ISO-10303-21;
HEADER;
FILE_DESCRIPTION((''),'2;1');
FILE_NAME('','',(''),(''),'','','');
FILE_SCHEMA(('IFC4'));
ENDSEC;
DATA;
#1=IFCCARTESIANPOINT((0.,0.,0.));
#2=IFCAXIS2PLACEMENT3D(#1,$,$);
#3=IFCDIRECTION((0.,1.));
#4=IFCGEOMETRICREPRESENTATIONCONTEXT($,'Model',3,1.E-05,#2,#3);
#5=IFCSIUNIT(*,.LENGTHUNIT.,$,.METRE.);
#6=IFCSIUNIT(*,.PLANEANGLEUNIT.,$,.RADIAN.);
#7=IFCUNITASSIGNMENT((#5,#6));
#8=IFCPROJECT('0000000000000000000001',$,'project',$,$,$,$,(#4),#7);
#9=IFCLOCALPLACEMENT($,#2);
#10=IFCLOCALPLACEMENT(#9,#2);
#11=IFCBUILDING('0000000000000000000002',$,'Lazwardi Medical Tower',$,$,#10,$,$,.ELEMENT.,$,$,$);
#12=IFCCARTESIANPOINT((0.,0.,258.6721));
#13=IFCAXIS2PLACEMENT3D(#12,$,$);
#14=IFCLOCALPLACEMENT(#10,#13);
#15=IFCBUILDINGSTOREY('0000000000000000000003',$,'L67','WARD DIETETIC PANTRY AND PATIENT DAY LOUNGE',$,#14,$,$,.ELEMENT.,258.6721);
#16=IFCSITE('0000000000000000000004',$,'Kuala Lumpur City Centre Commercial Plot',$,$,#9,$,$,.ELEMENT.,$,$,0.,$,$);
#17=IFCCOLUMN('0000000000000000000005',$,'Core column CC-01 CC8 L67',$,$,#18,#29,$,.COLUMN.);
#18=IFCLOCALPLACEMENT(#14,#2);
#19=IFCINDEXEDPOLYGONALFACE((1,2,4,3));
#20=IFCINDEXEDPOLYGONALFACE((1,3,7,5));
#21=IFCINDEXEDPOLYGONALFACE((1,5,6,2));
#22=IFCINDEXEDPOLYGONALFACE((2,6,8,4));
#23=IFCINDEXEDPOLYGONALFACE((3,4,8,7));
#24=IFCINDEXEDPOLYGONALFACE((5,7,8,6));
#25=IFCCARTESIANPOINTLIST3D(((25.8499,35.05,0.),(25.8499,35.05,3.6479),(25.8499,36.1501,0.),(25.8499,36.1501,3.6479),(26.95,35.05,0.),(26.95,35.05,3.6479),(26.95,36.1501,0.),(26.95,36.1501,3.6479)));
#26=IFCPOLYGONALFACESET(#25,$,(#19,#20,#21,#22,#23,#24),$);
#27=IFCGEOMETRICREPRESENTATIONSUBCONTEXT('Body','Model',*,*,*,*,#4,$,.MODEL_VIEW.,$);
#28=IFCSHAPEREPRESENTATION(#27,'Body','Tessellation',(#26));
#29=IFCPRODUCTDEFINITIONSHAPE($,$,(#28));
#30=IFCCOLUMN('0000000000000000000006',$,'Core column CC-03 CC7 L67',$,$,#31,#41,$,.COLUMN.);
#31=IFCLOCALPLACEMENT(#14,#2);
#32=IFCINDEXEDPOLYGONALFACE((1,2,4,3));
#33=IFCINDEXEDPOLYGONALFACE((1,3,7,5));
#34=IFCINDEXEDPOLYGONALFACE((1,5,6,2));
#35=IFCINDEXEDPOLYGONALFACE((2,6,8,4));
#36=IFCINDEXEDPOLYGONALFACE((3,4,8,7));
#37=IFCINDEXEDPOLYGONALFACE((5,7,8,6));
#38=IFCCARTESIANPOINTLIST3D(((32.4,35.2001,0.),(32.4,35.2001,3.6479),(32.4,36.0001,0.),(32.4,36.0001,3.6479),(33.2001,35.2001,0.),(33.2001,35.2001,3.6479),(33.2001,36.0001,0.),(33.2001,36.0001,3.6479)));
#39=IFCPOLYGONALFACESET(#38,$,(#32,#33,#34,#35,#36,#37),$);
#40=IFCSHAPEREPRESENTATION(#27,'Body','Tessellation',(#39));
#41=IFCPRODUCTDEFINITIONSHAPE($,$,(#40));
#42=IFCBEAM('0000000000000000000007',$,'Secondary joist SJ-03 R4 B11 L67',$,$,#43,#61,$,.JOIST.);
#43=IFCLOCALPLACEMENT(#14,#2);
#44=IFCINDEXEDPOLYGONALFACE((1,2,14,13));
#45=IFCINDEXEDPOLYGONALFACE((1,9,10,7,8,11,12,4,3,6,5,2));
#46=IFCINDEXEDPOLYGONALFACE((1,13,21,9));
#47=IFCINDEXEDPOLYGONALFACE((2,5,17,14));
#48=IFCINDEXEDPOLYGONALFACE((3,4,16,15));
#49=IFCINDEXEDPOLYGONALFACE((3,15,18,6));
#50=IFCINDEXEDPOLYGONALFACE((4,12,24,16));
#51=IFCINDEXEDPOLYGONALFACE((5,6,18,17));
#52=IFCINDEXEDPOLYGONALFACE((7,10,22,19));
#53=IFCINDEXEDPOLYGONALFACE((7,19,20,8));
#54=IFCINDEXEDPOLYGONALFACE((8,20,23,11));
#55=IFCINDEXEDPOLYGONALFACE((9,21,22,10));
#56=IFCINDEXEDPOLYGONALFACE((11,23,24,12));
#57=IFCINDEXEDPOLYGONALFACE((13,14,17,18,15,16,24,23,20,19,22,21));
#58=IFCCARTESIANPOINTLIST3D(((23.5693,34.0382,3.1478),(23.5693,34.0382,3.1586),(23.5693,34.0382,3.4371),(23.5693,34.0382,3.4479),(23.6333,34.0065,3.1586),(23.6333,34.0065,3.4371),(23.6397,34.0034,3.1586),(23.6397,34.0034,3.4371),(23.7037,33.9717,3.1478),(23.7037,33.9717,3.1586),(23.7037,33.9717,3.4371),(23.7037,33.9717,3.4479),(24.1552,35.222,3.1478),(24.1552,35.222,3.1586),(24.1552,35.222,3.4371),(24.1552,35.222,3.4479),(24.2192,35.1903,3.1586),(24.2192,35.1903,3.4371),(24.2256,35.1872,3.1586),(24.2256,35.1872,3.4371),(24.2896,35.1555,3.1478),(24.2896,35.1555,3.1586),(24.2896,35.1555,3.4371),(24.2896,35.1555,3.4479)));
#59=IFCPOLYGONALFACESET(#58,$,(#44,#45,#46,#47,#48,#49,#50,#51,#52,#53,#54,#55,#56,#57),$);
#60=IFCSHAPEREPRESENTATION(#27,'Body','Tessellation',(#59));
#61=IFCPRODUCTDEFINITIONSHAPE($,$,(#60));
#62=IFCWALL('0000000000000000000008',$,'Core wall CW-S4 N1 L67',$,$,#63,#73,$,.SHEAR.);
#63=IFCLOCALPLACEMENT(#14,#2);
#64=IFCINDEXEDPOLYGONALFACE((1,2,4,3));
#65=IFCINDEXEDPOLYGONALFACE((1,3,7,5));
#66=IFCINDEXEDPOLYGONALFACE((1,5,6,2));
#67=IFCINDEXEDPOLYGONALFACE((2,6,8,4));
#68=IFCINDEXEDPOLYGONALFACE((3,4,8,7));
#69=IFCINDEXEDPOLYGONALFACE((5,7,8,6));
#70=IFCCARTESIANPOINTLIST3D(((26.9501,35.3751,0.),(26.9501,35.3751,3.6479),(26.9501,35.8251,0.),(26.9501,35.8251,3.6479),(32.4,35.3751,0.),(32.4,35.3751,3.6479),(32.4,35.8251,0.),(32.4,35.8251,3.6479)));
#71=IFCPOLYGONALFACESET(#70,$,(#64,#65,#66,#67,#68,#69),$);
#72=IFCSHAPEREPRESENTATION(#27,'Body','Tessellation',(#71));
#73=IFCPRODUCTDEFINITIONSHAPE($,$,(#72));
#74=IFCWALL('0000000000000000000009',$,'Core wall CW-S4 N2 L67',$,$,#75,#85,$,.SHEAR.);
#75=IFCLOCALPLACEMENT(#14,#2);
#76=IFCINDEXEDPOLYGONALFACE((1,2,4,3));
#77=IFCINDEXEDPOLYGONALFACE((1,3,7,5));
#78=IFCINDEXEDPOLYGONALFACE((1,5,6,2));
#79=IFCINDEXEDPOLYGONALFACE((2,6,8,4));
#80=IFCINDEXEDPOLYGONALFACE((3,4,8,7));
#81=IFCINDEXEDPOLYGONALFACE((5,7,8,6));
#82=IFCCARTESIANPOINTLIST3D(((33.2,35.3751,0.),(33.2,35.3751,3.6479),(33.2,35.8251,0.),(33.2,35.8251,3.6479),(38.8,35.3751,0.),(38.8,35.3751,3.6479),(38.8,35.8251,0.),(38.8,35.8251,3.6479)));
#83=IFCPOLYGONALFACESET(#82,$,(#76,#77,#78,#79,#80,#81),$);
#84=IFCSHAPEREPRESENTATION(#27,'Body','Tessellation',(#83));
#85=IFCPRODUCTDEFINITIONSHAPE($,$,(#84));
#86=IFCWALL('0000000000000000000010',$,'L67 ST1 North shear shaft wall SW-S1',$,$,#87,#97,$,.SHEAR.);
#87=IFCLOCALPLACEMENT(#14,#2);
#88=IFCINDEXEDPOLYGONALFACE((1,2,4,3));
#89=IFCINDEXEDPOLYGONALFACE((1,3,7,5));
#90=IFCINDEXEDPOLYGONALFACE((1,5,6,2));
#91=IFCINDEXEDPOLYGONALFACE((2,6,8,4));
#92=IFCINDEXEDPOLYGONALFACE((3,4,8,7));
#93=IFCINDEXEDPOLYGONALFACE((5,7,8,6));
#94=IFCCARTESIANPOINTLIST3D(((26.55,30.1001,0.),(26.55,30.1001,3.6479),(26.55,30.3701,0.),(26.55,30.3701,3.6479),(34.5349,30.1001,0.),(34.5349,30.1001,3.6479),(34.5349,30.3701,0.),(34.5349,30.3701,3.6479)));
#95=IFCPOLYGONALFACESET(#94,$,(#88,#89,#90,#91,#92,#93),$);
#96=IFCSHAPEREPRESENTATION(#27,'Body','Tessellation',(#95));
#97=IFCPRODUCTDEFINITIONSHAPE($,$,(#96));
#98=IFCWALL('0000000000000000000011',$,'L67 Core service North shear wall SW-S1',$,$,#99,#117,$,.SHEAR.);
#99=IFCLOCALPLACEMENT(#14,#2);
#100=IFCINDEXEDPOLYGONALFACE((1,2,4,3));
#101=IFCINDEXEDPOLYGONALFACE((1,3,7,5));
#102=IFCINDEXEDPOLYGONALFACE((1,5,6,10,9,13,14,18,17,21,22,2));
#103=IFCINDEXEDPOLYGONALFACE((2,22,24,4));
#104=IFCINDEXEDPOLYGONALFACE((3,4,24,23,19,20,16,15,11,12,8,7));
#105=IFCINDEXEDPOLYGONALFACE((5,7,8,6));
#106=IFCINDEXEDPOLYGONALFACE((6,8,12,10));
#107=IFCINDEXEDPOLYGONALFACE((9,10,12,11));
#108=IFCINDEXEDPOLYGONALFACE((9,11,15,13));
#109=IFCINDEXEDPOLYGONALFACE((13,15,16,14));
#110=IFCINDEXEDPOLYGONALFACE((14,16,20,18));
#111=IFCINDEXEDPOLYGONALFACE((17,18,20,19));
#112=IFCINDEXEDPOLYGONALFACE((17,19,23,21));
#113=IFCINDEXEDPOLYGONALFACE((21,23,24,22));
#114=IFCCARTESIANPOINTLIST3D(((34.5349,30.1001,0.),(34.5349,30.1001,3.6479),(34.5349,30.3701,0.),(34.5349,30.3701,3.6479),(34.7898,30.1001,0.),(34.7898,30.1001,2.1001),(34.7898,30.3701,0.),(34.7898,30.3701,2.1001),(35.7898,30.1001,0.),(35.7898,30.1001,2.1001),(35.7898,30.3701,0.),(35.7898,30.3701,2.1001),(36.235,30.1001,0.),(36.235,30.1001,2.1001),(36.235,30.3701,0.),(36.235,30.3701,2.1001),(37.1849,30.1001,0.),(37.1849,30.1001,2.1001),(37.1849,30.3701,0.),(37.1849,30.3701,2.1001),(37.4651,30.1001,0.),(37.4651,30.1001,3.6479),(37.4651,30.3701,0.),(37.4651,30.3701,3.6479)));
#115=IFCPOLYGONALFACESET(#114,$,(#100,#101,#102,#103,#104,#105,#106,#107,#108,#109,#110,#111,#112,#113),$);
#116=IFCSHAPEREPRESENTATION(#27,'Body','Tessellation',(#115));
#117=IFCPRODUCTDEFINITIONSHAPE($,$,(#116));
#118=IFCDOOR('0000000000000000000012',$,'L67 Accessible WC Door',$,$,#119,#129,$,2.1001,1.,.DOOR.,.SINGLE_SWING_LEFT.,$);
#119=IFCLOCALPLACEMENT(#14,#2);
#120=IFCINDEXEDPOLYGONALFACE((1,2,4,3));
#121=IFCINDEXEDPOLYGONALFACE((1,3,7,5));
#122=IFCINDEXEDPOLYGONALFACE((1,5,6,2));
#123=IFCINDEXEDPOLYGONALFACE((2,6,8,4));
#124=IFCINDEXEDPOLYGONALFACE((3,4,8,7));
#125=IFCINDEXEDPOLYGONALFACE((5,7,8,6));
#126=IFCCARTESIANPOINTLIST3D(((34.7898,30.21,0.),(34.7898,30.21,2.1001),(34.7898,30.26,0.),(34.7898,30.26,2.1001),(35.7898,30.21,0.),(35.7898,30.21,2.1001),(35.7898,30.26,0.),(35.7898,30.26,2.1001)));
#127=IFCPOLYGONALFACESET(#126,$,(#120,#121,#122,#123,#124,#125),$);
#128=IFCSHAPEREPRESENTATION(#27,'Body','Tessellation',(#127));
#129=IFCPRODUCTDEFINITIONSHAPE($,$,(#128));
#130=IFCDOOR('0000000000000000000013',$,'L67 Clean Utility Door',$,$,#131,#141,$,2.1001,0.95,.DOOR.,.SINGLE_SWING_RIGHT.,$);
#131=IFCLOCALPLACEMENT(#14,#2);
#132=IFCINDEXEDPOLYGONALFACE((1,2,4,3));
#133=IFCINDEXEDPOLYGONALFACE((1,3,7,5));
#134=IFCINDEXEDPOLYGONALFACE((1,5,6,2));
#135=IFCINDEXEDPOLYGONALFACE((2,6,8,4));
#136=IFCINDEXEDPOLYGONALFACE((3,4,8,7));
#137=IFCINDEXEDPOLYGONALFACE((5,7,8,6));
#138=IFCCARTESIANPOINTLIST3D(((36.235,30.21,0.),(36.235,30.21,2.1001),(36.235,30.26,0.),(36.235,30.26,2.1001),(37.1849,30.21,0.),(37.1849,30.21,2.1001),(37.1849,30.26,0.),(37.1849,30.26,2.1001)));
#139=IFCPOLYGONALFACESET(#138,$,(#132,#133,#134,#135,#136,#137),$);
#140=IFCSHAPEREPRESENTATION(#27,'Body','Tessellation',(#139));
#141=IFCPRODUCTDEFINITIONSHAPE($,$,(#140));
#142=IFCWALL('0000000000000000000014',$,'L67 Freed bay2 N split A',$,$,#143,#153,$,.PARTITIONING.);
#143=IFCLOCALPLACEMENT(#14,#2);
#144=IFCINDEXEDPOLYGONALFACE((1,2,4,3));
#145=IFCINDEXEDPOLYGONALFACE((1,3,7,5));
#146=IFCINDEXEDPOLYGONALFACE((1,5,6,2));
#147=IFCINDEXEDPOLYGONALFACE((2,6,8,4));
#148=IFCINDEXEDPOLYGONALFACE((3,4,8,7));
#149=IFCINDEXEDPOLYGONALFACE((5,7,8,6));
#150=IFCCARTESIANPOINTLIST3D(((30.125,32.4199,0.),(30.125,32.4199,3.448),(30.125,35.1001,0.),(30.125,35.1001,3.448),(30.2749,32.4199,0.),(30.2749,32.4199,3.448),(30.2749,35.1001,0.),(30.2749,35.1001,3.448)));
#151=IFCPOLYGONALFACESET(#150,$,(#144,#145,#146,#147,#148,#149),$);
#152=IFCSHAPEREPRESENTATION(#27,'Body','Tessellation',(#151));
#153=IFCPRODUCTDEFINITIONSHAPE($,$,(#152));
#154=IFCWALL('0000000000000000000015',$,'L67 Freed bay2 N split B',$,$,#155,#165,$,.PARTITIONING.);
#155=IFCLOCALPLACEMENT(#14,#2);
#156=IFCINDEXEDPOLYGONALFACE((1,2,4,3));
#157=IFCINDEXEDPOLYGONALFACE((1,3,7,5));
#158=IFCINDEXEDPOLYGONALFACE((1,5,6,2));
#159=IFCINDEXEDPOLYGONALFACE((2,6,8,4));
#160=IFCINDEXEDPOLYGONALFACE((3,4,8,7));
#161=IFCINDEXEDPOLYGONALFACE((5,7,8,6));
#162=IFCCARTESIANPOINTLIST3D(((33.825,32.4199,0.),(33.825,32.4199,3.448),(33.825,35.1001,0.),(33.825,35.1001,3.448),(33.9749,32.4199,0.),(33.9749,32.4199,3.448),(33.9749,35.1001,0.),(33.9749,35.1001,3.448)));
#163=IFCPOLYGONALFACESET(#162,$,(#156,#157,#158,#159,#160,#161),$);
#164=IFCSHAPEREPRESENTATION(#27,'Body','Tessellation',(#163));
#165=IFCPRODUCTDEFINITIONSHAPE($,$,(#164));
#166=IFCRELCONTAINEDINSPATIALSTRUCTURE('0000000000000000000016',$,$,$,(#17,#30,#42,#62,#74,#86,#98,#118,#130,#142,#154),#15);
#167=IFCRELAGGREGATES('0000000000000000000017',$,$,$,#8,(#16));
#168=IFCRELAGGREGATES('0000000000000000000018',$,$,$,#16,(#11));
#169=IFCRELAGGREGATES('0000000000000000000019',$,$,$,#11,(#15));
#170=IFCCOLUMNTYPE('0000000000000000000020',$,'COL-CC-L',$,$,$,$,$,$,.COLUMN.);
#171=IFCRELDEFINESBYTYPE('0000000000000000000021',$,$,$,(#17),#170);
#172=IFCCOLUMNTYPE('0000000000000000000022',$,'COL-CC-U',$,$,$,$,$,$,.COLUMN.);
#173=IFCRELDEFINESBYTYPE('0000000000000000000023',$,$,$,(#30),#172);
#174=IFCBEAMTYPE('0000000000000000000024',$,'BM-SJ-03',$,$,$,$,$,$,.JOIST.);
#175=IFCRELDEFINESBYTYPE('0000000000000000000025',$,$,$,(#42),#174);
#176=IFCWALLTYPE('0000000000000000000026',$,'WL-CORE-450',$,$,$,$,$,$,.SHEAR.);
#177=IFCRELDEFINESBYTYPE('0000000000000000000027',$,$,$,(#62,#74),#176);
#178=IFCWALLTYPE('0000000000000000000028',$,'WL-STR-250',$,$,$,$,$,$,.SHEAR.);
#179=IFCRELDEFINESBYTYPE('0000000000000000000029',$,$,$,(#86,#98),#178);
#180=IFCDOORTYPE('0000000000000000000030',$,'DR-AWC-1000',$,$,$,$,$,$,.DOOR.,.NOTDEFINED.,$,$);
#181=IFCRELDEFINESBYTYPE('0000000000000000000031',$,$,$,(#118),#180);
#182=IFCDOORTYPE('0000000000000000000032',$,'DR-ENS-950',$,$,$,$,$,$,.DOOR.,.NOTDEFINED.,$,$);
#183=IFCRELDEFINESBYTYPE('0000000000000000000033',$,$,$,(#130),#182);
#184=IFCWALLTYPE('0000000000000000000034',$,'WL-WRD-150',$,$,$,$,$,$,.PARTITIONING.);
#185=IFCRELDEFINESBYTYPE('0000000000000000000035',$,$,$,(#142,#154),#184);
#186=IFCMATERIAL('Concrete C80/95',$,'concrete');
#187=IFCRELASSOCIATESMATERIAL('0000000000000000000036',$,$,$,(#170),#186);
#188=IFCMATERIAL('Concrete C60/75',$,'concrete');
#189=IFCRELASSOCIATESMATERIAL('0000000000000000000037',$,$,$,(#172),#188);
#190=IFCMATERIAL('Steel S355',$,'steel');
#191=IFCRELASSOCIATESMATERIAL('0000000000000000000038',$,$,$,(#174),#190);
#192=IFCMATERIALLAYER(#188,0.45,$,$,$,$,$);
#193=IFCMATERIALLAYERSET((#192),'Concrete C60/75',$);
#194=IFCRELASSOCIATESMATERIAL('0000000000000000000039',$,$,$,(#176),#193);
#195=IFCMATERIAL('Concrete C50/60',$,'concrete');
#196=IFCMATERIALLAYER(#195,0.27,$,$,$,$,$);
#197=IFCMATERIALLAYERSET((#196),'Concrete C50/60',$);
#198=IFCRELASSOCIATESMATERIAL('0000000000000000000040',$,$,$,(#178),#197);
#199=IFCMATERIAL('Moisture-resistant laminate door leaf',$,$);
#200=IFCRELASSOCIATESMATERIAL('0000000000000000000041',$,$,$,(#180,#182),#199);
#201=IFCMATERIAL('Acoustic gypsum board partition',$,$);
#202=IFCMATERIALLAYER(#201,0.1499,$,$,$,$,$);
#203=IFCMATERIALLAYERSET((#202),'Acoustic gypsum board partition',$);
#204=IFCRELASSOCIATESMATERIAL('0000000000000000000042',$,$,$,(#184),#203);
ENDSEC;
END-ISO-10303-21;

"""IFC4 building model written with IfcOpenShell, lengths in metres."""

from ifc_helpers import new_model, si_unit, direction, frame, frame_2d, origin, origin_2d, place, context, subcontext, project, spatial, rectangle, i_section, extrude, material, layer, layer_set, material_profile, profile_set, type_object, element, fill, save


model = new_model("IFC4")

# Units and contexts
model_context = context("Model", 3, precision=1e-05, world=origin(), true_north=direction((0.0, 1.0)))
body_context = subcontext(model_context, "Body", "Model", "MODEL_VIEW")
ifc_project = project(units=[si_unit("LENGTHUNIT", "METRE"), si_unit("PLANEANGLEUNIT", "RADIAN")], contexts=[model_context])

# Site, building, storey
site_placement = place(None, origin())
site = spatial("IfcSite", under=ifc_project, at=site_placement, Name="Kuala Lumpur City Centre Commercial Plot", CompositionType="ELEMENT", RefElevation=0.0)
building_placement = place(site_placement, origin())
building = spatial("IfcBuilding", under=site, at=building_placement, Name="Lazwardi Medical Tower", CompositionType="ELEMENT")
storey_placement = place(building_placement, frame((0.0, 0.0, 258.6721)))
storey = spatial("IfcBuildingStorey", under=building, at=storey_placement, Name="L67", Description="WARD DIETETIC PANTRY AND PATIENT DAY LOUNGE", CompositionType="ELEMENT", Elevation=258.6721)

# Columns
ifc_material_1 = material(Name="Concrete C80/95", Category="concrete")
ifc_material_profile_1 = material_profile(ifc_material_1, rectangle(XDim=1.1001, YDim=1.1001, at=origin_2d()), Name="RC 1100x1100")
ifc_profile_set_1 = profile_set([ifc_material_profile_1], Name="Concrete C80/95")
column_type_1 = type_object("IfcColumnType", Name="COL-CC-L", PredefinedType="COLUMN", material=ifc_profile_set_1)
column_1_placement = place(storey_placement, frame((26.3999, 35.6001, 0.0), z_axis=(0.0, 0.0, 1.0), x_axis=(1.0, 0.0, 0.0)))
element("IfcColumn", 1, at=column_1_placement, inside=storey, type_object=column_type_1, Name="Core column CC-01 CC8 L67", PredefinedType="COLUMN", context=body_context, shape_type="SweptSolid", body=[
    extrude(rectangle(XDim=1.1001, YDim=1.1001, at=origin_2d()), origin(), (0.0, 0.0, 1.0), 3.6479),
])
ifc_material_2 = material(Name="Concrete C60/75", Category="concrete")
ifc_material_profile_2 = material_profile(ifc_material_2, rectangle(XDim=0.8, YDim=0.8, at=origin_2d()), Name="RC 800x800")
ifc_profile_set_2 = profile_set([ifc_material_profile_2], Name="Concrete C60/75")
column_type_2 = type_object("IfcColumnType", Name="COL-CC-U", PredefinedType="COLUMN", material=ifc_profile_set_2)
column_2_placement = place(storey_placement, frame((32.8, 35.6001, 0.0), z_axis=(0.0, 0.0, 1.0), x_axis=(1.0, 0.0, 0.0)))
element("IfcColumn", 2, at=column_2_placement, inside=storey, type_object=column_type_2, Name="Core column CC-03 CC7 L67", PredefinedType="COLUMN", context=body_context, shape_type="SweptSolid", body=[
    extrude(rectangle(XDim=0.8, YDim=0.8, at=origin_2d()), origin(), (0.0, 0.0, 1.0), 3.6479),
])

# Beam
ifc_material_3 = material(Name="Steel S355", Category="steel")
ifc_material_profile_3 = material_profile(ifc_material_3, i_section(OverallWidth=0.1499, OverallDepth=0.3, WebThickness=0.0071, FlangeThickness=0.0107, at=origin_2d()), Name="IPE 300")
ifc_profile_set_3 = profile_set([ifc_material_profile_3], Name="Steel S355")
beam_type = type_object("IfcBeamType", Name="BM-SJ-03", PredefinedType="JOIST", material=ifc_profile_set_3)
beam_placement = place(storey_placement, frame((24.2224, 35.1887, 3.2979), z_axis=(-0.443587, -0.896231, 0.0), x_axis=(0.896231, -0.443587, 0.0)))
element("IfcBeam", 3, at=beam_placement, inside=storey, type_object=beam_type, Name="Secondary joist SJ-03 R4 B11 L67", PredefinedType="JOIST", context=body_context, shape_type="SweptSolid", body=[
    extrude(i_section(OverallWidth=0.1499, OverallDepth=0.3, WebThickness=0.0071, FlangeThickness=0.0107, at=origin_2d()), origin(), (0.0, 0.0, 1.0), 1.3208),
])

# Walls
ifc_layer_1 = layer(ifc_material_2, 0.45)
ifc_layer_set_1 = layer_set([ifc_layer_1], Name="Concrete C60/75")
wall_type_1 = type_object("IfcWallType", Name="WL-CORE-450", PredefinedType="SHEAR", material=ifc_layer_set_1)
wall_1_placement = place(storey_placement, frame((26.95, 35.6001, 0.0), z_axis=(0.0, 0.0, 1.0), x_axis=(1.0, 0.0, 0.0)))
element("IfcWall", 4, at=wall_1_placement, inside=storey, type_object=wall_type_1, Name="Core wall CW-S4 N1 L67", PredefinedType="SHEAR", context=body_context, shape_type="SweptSolid", body=[
    extrude(rectangle(XDim=5.45, YDim=0.45, at=frame_2d((2.7251, 0.0))), origin(), (0.0, 0.0, 1.0), 3.6479),
])
wall_2_placement = place(storey_placement, frame((33.2, 35.6001, 0.0), z_axis=(0.0, 0.0, 1.0), x_axis=(1.0, 0.0, 0.0)))
element("IfcWall", 5, at=wall_2_placement, inside=storey, type_object=wall_type_1, Name="Core wall CW-S4 N2 L67", PredefinedType="SHEAR", context=body_context, shape_type="SweptSolid", body=[
    extrude(rectangle(XDim=5.6001, YDim=0.45, at=frame_2d((2.8, 0.0))), origin(), (0.0, 0.0, 1.0), 3.6479),
])
ifc_material_4 = material(Name="Concrete C50/60", Category="concrete")
ifc_layer_2 = layer(ifc_material_4, 0.27)
ifc_layer_set_2 = layer_set([ifc_layer_2], Name="Concrete C50/60")
wall_type_2 = type_object("IfcWallType", Name="WL-STR-250", PredefinedType="SHEAR", material=ifc_layer_set_2)
wall_3_placement = place(storey_placement, frame((26.55, 30.2351, 0.0), z_axis=(0.0, 0.0, 1.0), x_axis=(1.0, 0.0, 0.0)))
element("IfcWall", 6, at=wall_3_placement, inside=storey, type_object=wall_type_2, Name="L67 ST1 North shear shaft wall SW-S1", PredefinedType="SHEAR", context=body_context, shape_type="SweptSolid", body=[
    extrude(rectangle(XDim=7.9849, YDim=0.27, at=frame_2d((3.9924, 0.0))), origin(), (0.0, 0.0, 1.0), 3.6479),
])

# Wall, openings, doors
wall_4_placement = place(storey_placement, frame((34.5349, 30.2351, 0.0), z_axis=(0.0, 0.0, 1.0), x_axis=(1.0, 0.0, 0.0)))
wall_4 = element("IfcWall", 7, at=wall_4_placement, inside=storey, type_object=wall_type_2, Name="L67 Core service North shear wall SW-S1", PredefinedType="SHEAR", context=body_context, shape_type="SweptSolid", body=[
    extrude(rectangle(XDim=2.9302, YDim=0.27, at=frame_2d((1.4651, 0.0))), origin(), (0.0, 0.0, 1.0), 3.6479),
])
opening_1_placement = place(wall_4_placement, frame((0.2549, 0.0, 0.0)))
opening_1 = element("IfcOpeningElement", 8, at=opening_1_placement, cuts=wall_4, PredefinedType="OPENING", context=body_context, shape_type="SweptSolid", body=[
    extrude(rectangle(XDim=1.0, YDim=2.1001, at=frame_2d((0.5, 1.05))), frame((0.0, 0.145, 0.0), z_axis=(0.0, -1.0, 0.0), x_axis=(1.0, 0.0, 0.0)), (0.0, 0.0, 1.0), 0.29),
])
opening_2_placement = place(wall_4_placement, frame((1.7, 0.0, 0.0)))
opening_2 = element("IfcOpeningElement", 9, at=opening_2_placement, cuts=wall_4, PredefinedType="OPENING", context=body_context, shape_type="SweptSolid", body=[
    extrude(rectangle(XDim=0.95, YDim=2.1001, at=frame_2d((0.4751, 1.05))), frame((0.0, 0.145, 0.0), z_axis=(0.0, -1.0, 0.0), x_axis=(1.0, 0.0, 0.0)), (0.0, 0.0, 1.0), 0.29),
])
ifc_material_5 = material(Name="Moisture-resistant laminate door leaf")
door_type_1 = type_object("IfcDoorType", Name="DR-AWC-1000", OperationType="NOTDEFINED", PredefinedType="DOOR", material=ifc_material_5)
door_1_placement = place(opening_1_placement, origin())
door_1 = element("IfcDoor", 10, at=door_1_placement, inside=storey, type_object=door_type_1, Name="L67 Accessible WC Door", OperationType="SINGLE_SWING_LEFT", OverallHeight=2.1001, OverallWidth=1.0, PredefinedType="DOOR", context=body_context, shape_type="SweptSolid", body=[
    extrude(rectangle(XDim=1.0, YDim=2.1001, at=frame_2d((0.5, 1.05))), frame((0.0, 0.0249, 0.0), z_axis=(0.0, -1.0, 0.0), x_axis=(1.0, 0.0, 0.0)), (0.0, 0.0, 1.0), 0.05),
])
fill(opening_1, door_1)
door_type_2 = type_object("IfcDoorType", Name="DR-ENS-950", OperationType="NOTDEFINED", PredefinedType="DOOR", material=ifc_material_5)
door_2_placement = place(opening_2_placement, origin())
door_2 = element("IfcDoor", 11, at=door_2_placement, inside=storey, type_object=door_type_2, Name="L67 Clean Utility Door", OperationType="SINGLE_SWING_RIGHT", OverallHeight=2.1001, OverallWidth=0.95, PredefinedType="DOOR", context=body_context, shape_type="SweptSolid", body=[
    extrude(rectangle(XDim=0.95, YDim=2.1001, at=frame_2d((0.4751, 1.05))), frame((0.0, 0.0249, 0.0), z_axis=(0.0, -1.0, 0.0), x_axis=(1.0, 0.0, 0.0)), (0.0, 0.0, 1.0), 0.05),
])
fill(opening_2, door_2)

# Walls
ifc_material_6 = material(Name="Acoustic gypsum board partition")
ifc_layer_3 = layer(ifc_material_6, 0.1499)
ifc_layer_set_3 = layer_set([ifc_layer_3], Name="Acoustic gypsum board partition")
wall_type_3 = type_object("IfcWallType", Name="WL-WRD-150", PredefinedType="PARTITIONING", material=ifc_layer_set_3)
for number, where, z_axis, x_axis, name in (
    (12, (30.2, 32.4199, 0.0), (0.0, 0.0, 1.0), (0.0, 1.0, 0.0), "L67 Freed bay2 N split A"),
    (13, (33.8999, 32.4199, 0.0), (0.0, 0.0, 1.0), (0.0, 1.0, 0.0), "L67 Freed bay2 N split B"),
):
    element("IfcWall", number, at=place(storey_placement, frame(where, z_axis=z_axis, x_axis=x_axis)), inside=storey, type_object=wall_type_3, Name=name, PredefinedType="PARTITIONING", context=body_context, shape_type="SweptSolid", body=[
        extrude(rectangle(XDim=2.6802, YDim=0.1499, at=frame_2d((1.3401, 0.0))), origin(), (0.0, 0.0, 1.0), 3.448),
    ])

save(model, "model.ifc")
